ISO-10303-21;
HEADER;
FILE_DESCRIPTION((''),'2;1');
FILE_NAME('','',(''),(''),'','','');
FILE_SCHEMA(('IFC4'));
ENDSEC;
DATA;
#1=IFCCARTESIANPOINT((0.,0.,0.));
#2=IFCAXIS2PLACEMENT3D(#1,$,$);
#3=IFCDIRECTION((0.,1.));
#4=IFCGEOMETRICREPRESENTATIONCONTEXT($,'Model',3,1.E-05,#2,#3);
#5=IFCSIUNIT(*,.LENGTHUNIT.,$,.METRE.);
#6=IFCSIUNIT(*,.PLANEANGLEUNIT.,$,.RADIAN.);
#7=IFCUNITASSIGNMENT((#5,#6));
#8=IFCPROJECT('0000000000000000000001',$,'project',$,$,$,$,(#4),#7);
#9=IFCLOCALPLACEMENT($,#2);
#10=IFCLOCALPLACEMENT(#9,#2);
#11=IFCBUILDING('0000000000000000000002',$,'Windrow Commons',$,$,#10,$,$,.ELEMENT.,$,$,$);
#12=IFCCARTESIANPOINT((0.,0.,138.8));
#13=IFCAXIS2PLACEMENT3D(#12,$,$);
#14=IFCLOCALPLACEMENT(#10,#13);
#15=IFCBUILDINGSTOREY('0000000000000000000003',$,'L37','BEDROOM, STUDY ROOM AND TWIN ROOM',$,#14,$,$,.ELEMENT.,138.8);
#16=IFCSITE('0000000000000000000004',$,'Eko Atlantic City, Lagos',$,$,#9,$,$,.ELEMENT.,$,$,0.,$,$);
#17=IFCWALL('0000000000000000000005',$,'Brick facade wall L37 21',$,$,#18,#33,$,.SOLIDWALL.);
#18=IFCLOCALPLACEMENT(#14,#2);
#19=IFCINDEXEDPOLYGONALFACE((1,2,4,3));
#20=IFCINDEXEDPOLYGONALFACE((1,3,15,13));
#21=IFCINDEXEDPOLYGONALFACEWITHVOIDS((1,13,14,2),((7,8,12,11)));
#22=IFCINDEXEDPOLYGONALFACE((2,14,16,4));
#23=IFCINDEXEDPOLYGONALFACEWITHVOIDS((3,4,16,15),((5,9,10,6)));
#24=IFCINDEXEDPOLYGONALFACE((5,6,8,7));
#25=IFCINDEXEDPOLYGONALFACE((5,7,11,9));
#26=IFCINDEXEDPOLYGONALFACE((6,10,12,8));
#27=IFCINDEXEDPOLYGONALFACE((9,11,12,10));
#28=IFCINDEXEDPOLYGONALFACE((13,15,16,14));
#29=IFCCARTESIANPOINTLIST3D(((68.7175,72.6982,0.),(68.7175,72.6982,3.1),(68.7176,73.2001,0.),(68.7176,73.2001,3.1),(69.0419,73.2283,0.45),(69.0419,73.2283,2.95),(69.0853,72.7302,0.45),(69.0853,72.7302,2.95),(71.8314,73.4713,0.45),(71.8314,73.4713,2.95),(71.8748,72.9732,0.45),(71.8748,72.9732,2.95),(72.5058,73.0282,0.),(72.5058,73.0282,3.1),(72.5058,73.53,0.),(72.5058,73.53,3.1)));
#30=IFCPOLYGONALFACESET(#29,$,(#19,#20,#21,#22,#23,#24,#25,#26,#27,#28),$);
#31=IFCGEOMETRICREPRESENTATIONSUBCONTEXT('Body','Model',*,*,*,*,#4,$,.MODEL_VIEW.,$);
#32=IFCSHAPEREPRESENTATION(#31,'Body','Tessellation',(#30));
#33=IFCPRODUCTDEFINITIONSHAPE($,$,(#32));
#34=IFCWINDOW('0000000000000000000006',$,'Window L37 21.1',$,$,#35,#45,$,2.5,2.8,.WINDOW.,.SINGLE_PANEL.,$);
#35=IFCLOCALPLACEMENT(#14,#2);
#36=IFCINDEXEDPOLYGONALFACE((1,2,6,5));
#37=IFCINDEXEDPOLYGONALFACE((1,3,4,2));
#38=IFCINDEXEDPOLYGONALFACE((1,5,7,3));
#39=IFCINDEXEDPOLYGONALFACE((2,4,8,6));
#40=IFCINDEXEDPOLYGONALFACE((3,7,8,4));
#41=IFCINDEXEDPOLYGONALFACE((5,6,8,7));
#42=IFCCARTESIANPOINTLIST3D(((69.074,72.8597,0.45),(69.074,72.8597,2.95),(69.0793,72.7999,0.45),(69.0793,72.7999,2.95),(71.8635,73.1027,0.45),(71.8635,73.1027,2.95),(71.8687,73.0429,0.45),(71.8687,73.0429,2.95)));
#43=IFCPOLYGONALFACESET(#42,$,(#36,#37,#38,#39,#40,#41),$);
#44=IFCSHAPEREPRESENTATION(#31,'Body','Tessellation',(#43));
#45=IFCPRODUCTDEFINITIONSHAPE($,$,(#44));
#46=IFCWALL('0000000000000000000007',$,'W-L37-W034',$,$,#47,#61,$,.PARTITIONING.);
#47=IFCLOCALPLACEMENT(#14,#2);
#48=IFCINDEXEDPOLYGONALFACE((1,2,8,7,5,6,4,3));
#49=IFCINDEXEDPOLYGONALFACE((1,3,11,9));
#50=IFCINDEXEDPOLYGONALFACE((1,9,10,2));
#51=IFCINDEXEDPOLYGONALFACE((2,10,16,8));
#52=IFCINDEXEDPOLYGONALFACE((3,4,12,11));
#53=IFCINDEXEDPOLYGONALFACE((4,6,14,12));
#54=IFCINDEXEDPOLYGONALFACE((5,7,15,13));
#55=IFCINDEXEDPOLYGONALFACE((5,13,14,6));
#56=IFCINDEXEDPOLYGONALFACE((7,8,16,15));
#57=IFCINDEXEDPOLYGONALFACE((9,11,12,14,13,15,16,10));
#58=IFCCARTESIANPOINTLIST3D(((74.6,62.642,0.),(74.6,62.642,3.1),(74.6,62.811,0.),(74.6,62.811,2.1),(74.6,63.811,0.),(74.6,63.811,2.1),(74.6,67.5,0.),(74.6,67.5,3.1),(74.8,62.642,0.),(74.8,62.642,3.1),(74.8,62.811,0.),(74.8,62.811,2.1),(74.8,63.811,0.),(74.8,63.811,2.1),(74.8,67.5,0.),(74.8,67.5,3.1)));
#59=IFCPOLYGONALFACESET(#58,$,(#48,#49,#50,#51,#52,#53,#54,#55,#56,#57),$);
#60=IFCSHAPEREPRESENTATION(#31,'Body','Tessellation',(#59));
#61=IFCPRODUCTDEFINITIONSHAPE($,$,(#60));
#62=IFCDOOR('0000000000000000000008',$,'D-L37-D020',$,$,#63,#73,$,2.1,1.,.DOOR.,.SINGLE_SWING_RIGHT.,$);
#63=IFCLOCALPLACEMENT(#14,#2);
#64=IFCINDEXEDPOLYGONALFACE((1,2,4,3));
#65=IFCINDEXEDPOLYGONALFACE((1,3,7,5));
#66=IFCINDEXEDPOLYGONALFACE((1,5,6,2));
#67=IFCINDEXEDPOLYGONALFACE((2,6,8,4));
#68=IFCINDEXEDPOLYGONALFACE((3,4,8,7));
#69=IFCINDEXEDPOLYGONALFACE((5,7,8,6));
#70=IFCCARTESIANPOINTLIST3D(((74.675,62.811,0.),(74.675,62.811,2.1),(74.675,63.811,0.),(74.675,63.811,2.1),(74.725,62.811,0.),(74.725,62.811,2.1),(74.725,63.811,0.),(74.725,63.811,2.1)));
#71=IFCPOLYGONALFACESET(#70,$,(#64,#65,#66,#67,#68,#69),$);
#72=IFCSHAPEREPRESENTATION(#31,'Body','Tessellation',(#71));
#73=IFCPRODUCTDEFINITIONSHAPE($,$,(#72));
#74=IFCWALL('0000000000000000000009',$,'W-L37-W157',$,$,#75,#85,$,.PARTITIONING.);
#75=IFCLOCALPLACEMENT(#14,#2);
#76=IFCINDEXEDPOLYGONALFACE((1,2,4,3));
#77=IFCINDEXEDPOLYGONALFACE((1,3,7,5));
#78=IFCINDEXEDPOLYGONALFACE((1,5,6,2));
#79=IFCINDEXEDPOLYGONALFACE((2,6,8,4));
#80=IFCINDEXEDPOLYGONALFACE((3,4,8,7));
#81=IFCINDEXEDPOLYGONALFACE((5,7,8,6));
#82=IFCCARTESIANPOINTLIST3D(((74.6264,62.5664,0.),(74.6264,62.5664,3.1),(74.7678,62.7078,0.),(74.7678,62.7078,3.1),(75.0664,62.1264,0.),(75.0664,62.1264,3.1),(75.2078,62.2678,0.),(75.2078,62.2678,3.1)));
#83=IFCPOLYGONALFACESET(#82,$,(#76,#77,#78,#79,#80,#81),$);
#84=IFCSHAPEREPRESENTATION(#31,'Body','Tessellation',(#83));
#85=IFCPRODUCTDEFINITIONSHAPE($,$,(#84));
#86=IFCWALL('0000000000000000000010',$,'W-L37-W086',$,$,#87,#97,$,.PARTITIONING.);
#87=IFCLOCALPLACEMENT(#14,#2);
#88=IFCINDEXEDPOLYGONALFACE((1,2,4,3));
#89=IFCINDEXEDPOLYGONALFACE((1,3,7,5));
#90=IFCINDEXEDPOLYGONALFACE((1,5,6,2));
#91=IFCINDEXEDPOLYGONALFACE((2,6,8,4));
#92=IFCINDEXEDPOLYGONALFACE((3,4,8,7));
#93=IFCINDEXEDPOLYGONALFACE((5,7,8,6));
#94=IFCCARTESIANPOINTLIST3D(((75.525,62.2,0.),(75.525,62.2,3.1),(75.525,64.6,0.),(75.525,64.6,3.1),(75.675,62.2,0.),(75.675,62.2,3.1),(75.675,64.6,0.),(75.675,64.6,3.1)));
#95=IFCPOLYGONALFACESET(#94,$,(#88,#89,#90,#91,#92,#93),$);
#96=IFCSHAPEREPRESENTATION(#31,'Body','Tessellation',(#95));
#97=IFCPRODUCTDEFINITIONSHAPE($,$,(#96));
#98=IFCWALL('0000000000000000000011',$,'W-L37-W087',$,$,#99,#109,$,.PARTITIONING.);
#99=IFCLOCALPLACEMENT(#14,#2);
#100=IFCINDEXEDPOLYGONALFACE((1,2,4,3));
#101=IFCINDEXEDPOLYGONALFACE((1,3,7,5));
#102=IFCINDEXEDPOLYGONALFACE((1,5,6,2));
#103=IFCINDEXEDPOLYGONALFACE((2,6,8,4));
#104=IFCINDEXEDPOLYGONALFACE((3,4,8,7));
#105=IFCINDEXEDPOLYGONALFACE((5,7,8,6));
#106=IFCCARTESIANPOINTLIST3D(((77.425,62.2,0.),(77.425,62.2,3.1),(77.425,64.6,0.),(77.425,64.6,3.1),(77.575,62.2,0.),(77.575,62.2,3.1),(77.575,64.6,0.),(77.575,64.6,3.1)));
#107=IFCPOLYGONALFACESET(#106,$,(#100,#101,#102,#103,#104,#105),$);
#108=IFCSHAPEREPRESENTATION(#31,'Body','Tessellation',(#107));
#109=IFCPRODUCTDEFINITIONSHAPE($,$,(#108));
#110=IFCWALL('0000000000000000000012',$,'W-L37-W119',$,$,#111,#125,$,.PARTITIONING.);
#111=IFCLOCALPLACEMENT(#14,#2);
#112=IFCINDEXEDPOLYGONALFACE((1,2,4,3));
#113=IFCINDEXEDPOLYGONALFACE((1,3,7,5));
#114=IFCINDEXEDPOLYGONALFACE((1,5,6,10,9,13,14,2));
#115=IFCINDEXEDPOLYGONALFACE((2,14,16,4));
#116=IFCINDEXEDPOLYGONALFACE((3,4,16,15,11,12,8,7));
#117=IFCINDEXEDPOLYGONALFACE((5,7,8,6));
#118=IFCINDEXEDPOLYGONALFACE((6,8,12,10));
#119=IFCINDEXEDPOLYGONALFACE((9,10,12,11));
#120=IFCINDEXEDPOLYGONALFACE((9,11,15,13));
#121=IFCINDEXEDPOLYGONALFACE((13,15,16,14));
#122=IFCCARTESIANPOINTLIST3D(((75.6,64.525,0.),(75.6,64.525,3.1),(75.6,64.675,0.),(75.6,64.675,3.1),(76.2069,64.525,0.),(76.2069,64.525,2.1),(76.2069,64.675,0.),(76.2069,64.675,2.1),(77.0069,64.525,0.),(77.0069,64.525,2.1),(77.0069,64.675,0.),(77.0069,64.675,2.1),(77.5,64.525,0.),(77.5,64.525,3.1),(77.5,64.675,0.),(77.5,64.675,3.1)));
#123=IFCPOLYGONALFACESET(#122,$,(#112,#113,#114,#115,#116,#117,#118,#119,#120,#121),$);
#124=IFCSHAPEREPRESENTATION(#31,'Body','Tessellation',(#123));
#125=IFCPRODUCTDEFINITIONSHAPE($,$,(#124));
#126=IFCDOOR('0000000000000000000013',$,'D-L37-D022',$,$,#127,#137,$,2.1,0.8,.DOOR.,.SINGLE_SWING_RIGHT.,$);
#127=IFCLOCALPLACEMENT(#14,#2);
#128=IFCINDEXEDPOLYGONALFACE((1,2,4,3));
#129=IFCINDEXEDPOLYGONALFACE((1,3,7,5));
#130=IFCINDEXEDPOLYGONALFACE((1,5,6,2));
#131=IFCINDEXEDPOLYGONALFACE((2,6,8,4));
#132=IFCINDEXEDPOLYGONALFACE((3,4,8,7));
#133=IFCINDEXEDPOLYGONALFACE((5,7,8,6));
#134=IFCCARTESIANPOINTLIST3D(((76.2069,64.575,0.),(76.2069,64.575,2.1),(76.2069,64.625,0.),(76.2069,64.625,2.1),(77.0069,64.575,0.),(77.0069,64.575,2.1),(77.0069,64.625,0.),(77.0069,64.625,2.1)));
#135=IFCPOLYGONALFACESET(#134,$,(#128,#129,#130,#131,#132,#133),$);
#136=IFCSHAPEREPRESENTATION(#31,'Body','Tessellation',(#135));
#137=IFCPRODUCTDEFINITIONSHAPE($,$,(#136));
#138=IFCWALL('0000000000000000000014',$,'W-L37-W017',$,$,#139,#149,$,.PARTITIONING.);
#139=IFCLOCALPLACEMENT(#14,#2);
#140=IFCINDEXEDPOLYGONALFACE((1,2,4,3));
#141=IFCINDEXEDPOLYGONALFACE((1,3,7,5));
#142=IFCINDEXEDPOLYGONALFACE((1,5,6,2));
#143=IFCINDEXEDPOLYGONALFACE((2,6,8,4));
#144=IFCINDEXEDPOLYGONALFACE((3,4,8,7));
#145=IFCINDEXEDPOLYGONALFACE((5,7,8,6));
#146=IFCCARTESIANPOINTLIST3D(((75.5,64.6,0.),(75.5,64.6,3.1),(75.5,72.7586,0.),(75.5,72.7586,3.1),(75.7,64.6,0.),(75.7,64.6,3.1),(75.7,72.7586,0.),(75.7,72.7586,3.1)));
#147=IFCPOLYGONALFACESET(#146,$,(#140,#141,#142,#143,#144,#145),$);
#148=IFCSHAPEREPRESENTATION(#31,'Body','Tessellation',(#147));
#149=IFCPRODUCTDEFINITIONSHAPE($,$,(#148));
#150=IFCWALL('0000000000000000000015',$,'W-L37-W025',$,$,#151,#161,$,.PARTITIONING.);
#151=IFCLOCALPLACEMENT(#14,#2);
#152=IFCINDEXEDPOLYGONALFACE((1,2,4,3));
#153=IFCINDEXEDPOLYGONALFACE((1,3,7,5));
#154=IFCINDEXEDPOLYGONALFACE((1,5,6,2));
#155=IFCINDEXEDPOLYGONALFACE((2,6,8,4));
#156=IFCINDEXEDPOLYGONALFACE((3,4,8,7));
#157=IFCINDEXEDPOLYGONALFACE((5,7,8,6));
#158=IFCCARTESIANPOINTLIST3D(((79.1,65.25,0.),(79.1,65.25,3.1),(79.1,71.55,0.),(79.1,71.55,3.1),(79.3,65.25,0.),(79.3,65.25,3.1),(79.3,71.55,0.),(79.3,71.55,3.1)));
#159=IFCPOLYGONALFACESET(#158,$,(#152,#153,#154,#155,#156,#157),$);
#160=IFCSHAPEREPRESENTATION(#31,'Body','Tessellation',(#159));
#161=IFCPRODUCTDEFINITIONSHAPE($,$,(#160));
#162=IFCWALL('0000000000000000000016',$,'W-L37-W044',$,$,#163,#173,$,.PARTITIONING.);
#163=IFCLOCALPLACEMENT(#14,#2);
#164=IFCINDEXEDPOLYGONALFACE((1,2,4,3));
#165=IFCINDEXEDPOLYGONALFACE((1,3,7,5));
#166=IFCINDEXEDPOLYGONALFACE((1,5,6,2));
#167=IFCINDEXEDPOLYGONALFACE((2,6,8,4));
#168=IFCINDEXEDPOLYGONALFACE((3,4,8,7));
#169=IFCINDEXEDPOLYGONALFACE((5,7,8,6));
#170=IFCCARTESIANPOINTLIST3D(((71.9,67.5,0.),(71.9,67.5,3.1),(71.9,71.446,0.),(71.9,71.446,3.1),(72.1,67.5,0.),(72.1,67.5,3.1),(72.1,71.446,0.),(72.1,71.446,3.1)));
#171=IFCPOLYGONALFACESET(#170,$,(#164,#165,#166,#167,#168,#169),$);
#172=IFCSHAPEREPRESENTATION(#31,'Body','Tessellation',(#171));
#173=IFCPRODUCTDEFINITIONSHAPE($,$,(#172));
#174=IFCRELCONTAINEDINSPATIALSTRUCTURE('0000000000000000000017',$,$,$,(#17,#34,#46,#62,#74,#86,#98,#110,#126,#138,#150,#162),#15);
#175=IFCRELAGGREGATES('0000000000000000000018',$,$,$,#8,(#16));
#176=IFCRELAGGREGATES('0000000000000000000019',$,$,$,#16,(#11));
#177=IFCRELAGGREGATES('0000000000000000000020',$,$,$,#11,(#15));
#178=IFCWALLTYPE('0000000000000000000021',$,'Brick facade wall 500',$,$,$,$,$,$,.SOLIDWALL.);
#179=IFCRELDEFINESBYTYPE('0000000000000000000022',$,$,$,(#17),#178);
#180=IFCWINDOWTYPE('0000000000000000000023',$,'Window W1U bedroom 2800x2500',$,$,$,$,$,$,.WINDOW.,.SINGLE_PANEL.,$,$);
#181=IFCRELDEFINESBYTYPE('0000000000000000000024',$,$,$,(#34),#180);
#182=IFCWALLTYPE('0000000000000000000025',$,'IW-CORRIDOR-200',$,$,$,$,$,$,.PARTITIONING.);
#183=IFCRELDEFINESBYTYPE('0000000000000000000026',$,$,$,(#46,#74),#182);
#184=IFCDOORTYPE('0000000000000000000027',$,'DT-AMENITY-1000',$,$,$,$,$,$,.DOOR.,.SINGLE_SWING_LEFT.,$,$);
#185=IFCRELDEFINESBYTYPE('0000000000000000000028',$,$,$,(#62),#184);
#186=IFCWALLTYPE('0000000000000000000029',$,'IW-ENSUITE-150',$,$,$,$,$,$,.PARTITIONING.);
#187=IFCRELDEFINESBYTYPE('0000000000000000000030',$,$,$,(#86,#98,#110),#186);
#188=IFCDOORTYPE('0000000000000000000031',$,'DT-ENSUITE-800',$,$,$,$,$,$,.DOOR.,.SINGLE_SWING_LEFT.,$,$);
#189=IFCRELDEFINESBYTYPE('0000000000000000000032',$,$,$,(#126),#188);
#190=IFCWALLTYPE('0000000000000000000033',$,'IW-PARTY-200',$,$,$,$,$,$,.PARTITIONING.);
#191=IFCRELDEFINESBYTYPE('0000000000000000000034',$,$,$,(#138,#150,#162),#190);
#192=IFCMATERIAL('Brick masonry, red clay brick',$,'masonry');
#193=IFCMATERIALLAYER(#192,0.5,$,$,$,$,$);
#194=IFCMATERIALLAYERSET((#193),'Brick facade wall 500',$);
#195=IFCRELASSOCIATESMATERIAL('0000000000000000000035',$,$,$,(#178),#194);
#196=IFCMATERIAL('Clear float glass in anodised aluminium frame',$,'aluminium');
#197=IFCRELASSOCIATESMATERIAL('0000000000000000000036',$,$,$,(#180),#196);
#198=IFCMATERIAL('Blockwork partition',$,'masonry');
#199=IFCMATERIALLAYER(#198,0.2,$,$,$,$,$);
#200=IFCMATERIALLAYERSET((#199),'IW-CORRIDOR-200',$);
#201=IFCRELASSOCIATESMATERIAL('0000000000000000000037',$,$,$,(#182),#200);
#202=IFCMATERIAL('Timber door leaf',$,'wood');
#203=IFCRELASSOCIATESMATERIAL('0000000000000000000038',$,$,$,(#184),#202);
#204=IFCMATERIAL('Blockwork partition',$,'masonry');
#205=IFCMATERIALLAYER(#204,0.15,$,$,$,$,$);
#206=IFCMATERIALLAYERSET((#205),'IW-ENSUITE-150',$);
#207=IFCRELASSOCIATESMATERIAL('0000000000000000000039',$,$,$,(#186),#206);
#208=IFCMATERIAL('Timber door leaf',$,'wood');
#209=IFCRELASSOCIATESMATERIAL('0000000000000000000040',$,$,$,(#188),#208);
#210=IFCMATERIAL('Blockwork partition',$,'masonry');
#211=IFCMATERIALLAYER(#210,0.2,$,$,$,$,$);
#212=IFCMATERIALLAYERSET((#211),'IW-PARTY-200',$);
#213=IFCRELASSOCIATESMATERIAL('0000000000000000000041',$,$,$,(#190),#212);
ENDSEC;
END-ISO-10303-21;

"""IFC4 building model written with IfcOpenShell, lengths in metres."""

from ifc_helpers import new_model, si_unit, direction, frame, frame_2d, origin, place, context, subcontext, project, spatial, polyline, rectangle, outline, extrude, material, layer, layer_set, type_object, element, fill, save


model = new_model("IFC4")

# Units and contexts
model_context = context("Model", 3, precision=1e-05, world=origin(), true_north=direction((0.0, 1.0)))
body_context = subcontext(model_context, "Body", "Model", "MODEL_VIEW")
ifc_project = project(units=[si_unit("LENGTHUNIT", "METRE"), si_unit("PLANEANGLEUNIT", "RADIAN")], contexts=[model_context])

# Site, building, storey
site_placement = place(None, origin())
site = spatial("IfcSite", under=ifc_project, at=site_placement, Name="Eko Atlantic City, Lagos", CompositionType="ELEMENT", RefElevation=0.0)
building_placement = place(site_placement, origin())
building = spatial("IfcBuilding", under=site, at=building_placement, Name="Windrow Commons", CompositionType="ELEMENT")
storey_placement = place(building_placement, frame((0.0, 0.0, 138.8)))
storey = spatial("IfcBuildingStorey", under=building, at=storey_placement, Name="L37", Description="BEDROOM, STUDY ROOM AND TWIN ROOM", CompositionType="ELEMENT", Elevation=138.8)

# Wall, opening, window
ifc_material_1 = material(Name="Brick masonry, red clay brick", Category="masonry")
ifc_layer_1 = layer(ifc_material_1, 0.5)
ifc_layer_set_1 = layer_set([ifc_layer_1], Name="Brick facade wall 500")
wall_type_1 = type_object("IfcWallType", Name="Brick facade wall 500", PredefinedType="SOLIDWALL", material=ifc_layer_set_1)
wall_1_placement = place(storey_placement, frame((72.5058, 73.2791, 0.0), z_axis=(0.0, 0.0, 1.0), x_axis=(-0.996227, -0.086782, 0.0)))
wall_1 = element("IfcWall", 1, at=wall_1_placement, inside=storey, type_object=wall_type_1, Name="Brick facade wall L37 21", PredefinedType="SOLIDWALL", context=body_context, shape_type="SweptSolid", body=[
    extrude(outline(polyline([(-0.0218, -0.25), (3.7808, -0.25), (3.8244, 0.25), (0.0218, 0.25), (-0.0218, -0.25)])), origin(), (0.0, 0.0, 1.0), 3.1),
])
opening_1_placement = place(wall_1_placement, frame((0.6552, 0.0, 0.45)))
opening_1 = element("IfcOpeningElement", 2, at=opening_1_placement, cuts=wall_1, PredefinedType="OPENING", context=body_context, shape_type="SweptSolid", body=[
    extrude(rectangle(XDim=2.8, YDim=2.5, at=frame_2d((1.4, 1.25))), frame((0.0, 0.26, 0.0), z_axis=(0.0, -1.0, 0.0), x_axis=(1.0, 0.0, 0.0)), (0.0, 0.0, 1.0), 0.52),
])
ifc_material_2 = material(Name="Clear float glass in anodised aluminium frame", Category="aluminium")
window_type_1 = type_object("IfcWindowType", Name="Window W1U bedroom 2800x2500", PartitioningType="SINGLE_PANEL", PredefinedType="WINDOW", material=ifc_material_2)
window_1_placement = place(opening_1_placement, origin())
window_1 = element("IfcWindow", 3, at=window_1_placement, inside=storey, type_object=window_type_1, Name="Window L37 21.1", OverallHeight=2.5, OverallWidth=2.8, PartitioningType="SINGLE_PANEL", PredefinedType="WINDOW", context=body_context, shape_type="SweptSolid", body=[
    extrude(rectangle(XDim=2.8, YDim=2.5, at=frame_2d((1.4, 1.25))), frame((0.0, 0.18, 0.0), z_axis=(0.0, -1.0, 0.0), x_axis=(1.0, 0.0, 0.0)), (0.0, 0.0, 1.0), 0.06),
])
fill(opening_1, window_1)

# Wall, opening, door
ifc_material_3 = material(Name="Blockwork partition", Category="masonry")
ifc_layer_2 = layer(ifc_material_3, 0.2)
ifc_layer_set_2 = layer_set([ifc_layer_2], Name="IW-CORRIDOR-200")
wall_type_2 = type_object("IfcWallType", Name="IW-CORRIDOR-200", PredefinedType="PARTITIONING", material=ifc_layer_set_2)
wall_2_placement = place(storey_placement, frame((74.7, 62.642, 0.0), z_axis=(0.0, 0.0, 1.0), x_axis=(0.0, 1.0, 0.0)))
wall_2 = element("IfcWall", 4, at=wall_2_placement, inside=storey, type_object=wall_type_2, Name="W-L37-W034", PredefinedType="PARTITIONING", context=body_context, shape_type="SweptSolid", body=[
    extrude(rectangle(XDim=4.858, YDim=0.2, at=frame_2d((2.429, 0.0))), origin(), (0.0, 0.0, 1.0), 3.1),
])
opening_2_placement = place(wall_2_placement, frame((0.169, 0.0, 0.0)))
opening_2 = element("IfcOpeningElement", 5, at=opening_2_placement, cuts=wall_2, PredefinedType="OPENING", context=body_context, shape_type="SweptSolid", body=[
    extrude(rectangle(XDim=1.0, YDim=2.1, at=frame_2d((0.5, 1.05))), frame((0.0, 0.11, 0.0), z_axis=(0.0, -1.0, 0.0), x_axis=(1.0, 0.0, 0.0)), (0.0, 0.0, 1.0), 0.22),
])
ifc_material_4 = material(Name="Timber door leaf", Category="wood")
door_type_1 = type_object("IfcDoorType", Name="DT-AMENITY-1000", OperationType="SINGLE_SWING_LEFT", PredefinedType="DOOR", material=ifc_material_4)
door_1_placement = place(opening_2_placement, origin())
door_1 = element("IfcDoor", 6, at=door_1_placement, inside=storey, type_object=door_type_1, Name="D-L37-D020", OperationType="SINGLE_SWING_RIGHT", OverallHeight=2.1, OverallWidth=1.0, PredefinedType="DOOR", context=body_context, shape_type="SweptSolid", body=[
    extrude(rectangle(XDim=1.0, YDim=2.1, at=frame_2d((0.5, 1.05))), frame((0.0, 0.025, 0.0), z_axis=(0.0, -1.0, 0.0), x_axis=(1.0, 0.0, 0.0)), (0.0, 0.0, 1.0), 0.05),
])
fill(opening_2, door_1)

# Walls
wall_3_placement = place(storey_placement, frame((74.6971, 62.6371, 0.0), z_axis=(0.0, 0.0, 1.0), x_axis=(0.707107, -0.707107, 0.0)))
element("IfcWall", 7, at=wall_3_placement, inside=storey, type_object=wall_type_2, Name="W-L37-W157", PredefinedType="PARTITIONING", context=body_context, shape_type="SweptSolid", body=[
    extrude(rectangle(XDim=0.6223, YDim=0.2, at=frame_2d((0.3111, 0.0))), origin(), (0.0, 0.0, 1.0), 3.1),
])
ifc_material_5 = material(Name="Blockwork partition", Category="masonry")
ifc_layer_3 = layer(ifc_material_5, 0.15)
ifc_layer_set_3 = layer_set([ifc_layer_3], Name="IW-ENSUITE-150")
wall_type_3 = type_object("IfcWallType", Name="IW-ENSUITE-150", PredefinedType="PARTITIONING", material=ifc_layer_set_3)
for number, where, z_axis, x_axis, name in (
    (8, (75.6, 62.2, 0.0), (0.0, 0.0, 1.0), (0.0, 1.0, 0.0), "W-L37-W086"),
    (9, (77.5, 62.2, 0.0), (0.0, 0.0, 1.0), (0.0, 1.0, 0.0), "W-L37-W087"),
):
    element("IfcWall", number, at=place(storey_placement, frame(where, z_axis=z_axis, x_axis=x_axis)), inside=storey, type_object=wall_type_3, Name=name, PredefinedType="PARTITIONING", context=body_context, shape_type="SweptSolid", body=[
        extrude(rectangle(XDim=2.4, YDim=0.15, at=frame_2d((1.2, 0.0))), origin(), (0.0, 0.0, 1.0), 3.1),
    ])

# Wall, opening, door
wall_4_placement = place(storey_placement, frame((75.6, 64.6, 0.0), z_axis=(0.0, 0.0, 1.0), x_axis=(1.0, 0.0, 0.0)))
wall_4 = element("IfcWall", 10, at=wall_4_placement, inside=storey, type_object=wall_type_3, Name="W-L37-W119", PredefinedType="PARTITIONING", context=body_context, shape_type="SweptSolid", body=[
    extrude(rectangle(XDim=1.9, YDim=0.15, at=frame_2d((0.95, 0.0))), origin(), (0.0, 0.0, 1.0), 3.1),
])
opening_3_placement = place(wall_4_placement, frame((0.6069, 0.0, 0.0)))
opening_3 = element("IfcOpeningElement", 11, at=opening_3_placement, cuts=wall_4, PredefinedType="OPENING", context=body_context, shape_type="SweptSolid", body=[
    extrude(rectangle(XDim=0.8, YDim=2.1, at=frame_2d((0.4, 1.05))), frame((0.0, 0.085, 0.0), z_axis=(0.0, -1.0, 0.0), x_axis=(1.0, 0.0, 0.0)), (0.0, 0.0, 1.0), 0.17),
])
ifc_material_6 = material(Name="Timber door leaf", Category="wood")
door_type_2 = type_object("IfcDoorType", Name="DT-ENSUITE-800", OperationType="SINGLE_SWING_LEFT", PredefinedType="DOOR", material=ifc_material_6)
door_2_placement = place(opening_3_placement, origin())
door_2 = element("IfcDoor", 12, at=door_2_placement, inside=storey, type_object=door_type_2, Name="D-L37-D022", OperationType="SINGLE_SWING_RIGHT", OverallHeight=2.1, OverallWidth=0.8, PredefinedType="DOOR", context=body_context, shape_type="SweptSolid", body=[
    extrude(rectangle(XDim=0.8, YDim=2.1, at=frame_2d((0.4, 1.05))), frame((0.0, 0.025, 0.0), z_axis=(0.0, -1.0, 0.0), x_axis=(1.0, 0.0, 0.0)), (0.0, 0.0, 1.0), 0.05),
])
fill(opening_3, door_2)

# Walls
ifc_material_7 = material(Name="Blockwork partition", Category="masonry")
ifc_layer_4 = layer(ifc_material_7, 0.2)
ifc_layer_set_4 = layer_set([ifc_layer_4], Name="IW-PARTY-200")
wall_type_4 = type_object("IfcWallType", Name="IW-PARTY-200", PredefinedType="PARTITIONING", material=ifc_layer_set_4)
wall_5_placement = place(storey_placement, frame((75.6, 64.6, 0.0), z_axis=(0.0, 0.0, 1.0), x_axis=(0.0, 1.0, 0.0)))
element("IfcWall", 13, at=wall_5_placement, inside=storey, type_object=wall_type_4, Name="W-L37-W017", PredefinedType="PARTITIONING", context=body_context, shape_type="SweptSolid", body=[
    extrude(rectangle(XDim=8.1586, YDim=0.2, at=frame_2d((4.0793, 0.0))), origin(), (0.0, 0.0, 1.0), 3.1),
])
wall_6_placement = place(storey_placement, frame((79.2, 65.25, 0.0), z_axis=(0.0, 0.0, 1.0), x_axis=(0.0, 1.0, 0.0)))
element("IfcWall", 14, at=wall_6_placement, inside=storey, type_object=wall_type_4, Name="W-L37-W025", PredefinedType="PARTITIONING", context=body_context, shape_type="SweptSolid", body=[
    extrude(rectangle(XDim=6.3, YDim=0.2, at=frame_2d((3.15, 0.0))), origin(), (0.0, 0.0, 1.0), 3.1),
])
wall_7_placement = place(storey_placement, frame((72.0, 67.5, 0.0), z_axis=(0.0, 0.0, 1.0), x_axis=(0.0, 1.0, 0.0)))
element("IfcWall", 15, at=wall_7_placement, inside=storey, type_object=wall_type_4, Name="W-L37-W044", PredefinedType="PARTITIONING", context=body_context, shape_type="SweptSolid", body=[
    extrude(rectangle(XDim=3.946, YDim=0.2, at=frame_2d((1.973, 0.0))), origin(), (0.0, 0.0, 1.0), 3.1),
])

save(model, "model.ifc")
